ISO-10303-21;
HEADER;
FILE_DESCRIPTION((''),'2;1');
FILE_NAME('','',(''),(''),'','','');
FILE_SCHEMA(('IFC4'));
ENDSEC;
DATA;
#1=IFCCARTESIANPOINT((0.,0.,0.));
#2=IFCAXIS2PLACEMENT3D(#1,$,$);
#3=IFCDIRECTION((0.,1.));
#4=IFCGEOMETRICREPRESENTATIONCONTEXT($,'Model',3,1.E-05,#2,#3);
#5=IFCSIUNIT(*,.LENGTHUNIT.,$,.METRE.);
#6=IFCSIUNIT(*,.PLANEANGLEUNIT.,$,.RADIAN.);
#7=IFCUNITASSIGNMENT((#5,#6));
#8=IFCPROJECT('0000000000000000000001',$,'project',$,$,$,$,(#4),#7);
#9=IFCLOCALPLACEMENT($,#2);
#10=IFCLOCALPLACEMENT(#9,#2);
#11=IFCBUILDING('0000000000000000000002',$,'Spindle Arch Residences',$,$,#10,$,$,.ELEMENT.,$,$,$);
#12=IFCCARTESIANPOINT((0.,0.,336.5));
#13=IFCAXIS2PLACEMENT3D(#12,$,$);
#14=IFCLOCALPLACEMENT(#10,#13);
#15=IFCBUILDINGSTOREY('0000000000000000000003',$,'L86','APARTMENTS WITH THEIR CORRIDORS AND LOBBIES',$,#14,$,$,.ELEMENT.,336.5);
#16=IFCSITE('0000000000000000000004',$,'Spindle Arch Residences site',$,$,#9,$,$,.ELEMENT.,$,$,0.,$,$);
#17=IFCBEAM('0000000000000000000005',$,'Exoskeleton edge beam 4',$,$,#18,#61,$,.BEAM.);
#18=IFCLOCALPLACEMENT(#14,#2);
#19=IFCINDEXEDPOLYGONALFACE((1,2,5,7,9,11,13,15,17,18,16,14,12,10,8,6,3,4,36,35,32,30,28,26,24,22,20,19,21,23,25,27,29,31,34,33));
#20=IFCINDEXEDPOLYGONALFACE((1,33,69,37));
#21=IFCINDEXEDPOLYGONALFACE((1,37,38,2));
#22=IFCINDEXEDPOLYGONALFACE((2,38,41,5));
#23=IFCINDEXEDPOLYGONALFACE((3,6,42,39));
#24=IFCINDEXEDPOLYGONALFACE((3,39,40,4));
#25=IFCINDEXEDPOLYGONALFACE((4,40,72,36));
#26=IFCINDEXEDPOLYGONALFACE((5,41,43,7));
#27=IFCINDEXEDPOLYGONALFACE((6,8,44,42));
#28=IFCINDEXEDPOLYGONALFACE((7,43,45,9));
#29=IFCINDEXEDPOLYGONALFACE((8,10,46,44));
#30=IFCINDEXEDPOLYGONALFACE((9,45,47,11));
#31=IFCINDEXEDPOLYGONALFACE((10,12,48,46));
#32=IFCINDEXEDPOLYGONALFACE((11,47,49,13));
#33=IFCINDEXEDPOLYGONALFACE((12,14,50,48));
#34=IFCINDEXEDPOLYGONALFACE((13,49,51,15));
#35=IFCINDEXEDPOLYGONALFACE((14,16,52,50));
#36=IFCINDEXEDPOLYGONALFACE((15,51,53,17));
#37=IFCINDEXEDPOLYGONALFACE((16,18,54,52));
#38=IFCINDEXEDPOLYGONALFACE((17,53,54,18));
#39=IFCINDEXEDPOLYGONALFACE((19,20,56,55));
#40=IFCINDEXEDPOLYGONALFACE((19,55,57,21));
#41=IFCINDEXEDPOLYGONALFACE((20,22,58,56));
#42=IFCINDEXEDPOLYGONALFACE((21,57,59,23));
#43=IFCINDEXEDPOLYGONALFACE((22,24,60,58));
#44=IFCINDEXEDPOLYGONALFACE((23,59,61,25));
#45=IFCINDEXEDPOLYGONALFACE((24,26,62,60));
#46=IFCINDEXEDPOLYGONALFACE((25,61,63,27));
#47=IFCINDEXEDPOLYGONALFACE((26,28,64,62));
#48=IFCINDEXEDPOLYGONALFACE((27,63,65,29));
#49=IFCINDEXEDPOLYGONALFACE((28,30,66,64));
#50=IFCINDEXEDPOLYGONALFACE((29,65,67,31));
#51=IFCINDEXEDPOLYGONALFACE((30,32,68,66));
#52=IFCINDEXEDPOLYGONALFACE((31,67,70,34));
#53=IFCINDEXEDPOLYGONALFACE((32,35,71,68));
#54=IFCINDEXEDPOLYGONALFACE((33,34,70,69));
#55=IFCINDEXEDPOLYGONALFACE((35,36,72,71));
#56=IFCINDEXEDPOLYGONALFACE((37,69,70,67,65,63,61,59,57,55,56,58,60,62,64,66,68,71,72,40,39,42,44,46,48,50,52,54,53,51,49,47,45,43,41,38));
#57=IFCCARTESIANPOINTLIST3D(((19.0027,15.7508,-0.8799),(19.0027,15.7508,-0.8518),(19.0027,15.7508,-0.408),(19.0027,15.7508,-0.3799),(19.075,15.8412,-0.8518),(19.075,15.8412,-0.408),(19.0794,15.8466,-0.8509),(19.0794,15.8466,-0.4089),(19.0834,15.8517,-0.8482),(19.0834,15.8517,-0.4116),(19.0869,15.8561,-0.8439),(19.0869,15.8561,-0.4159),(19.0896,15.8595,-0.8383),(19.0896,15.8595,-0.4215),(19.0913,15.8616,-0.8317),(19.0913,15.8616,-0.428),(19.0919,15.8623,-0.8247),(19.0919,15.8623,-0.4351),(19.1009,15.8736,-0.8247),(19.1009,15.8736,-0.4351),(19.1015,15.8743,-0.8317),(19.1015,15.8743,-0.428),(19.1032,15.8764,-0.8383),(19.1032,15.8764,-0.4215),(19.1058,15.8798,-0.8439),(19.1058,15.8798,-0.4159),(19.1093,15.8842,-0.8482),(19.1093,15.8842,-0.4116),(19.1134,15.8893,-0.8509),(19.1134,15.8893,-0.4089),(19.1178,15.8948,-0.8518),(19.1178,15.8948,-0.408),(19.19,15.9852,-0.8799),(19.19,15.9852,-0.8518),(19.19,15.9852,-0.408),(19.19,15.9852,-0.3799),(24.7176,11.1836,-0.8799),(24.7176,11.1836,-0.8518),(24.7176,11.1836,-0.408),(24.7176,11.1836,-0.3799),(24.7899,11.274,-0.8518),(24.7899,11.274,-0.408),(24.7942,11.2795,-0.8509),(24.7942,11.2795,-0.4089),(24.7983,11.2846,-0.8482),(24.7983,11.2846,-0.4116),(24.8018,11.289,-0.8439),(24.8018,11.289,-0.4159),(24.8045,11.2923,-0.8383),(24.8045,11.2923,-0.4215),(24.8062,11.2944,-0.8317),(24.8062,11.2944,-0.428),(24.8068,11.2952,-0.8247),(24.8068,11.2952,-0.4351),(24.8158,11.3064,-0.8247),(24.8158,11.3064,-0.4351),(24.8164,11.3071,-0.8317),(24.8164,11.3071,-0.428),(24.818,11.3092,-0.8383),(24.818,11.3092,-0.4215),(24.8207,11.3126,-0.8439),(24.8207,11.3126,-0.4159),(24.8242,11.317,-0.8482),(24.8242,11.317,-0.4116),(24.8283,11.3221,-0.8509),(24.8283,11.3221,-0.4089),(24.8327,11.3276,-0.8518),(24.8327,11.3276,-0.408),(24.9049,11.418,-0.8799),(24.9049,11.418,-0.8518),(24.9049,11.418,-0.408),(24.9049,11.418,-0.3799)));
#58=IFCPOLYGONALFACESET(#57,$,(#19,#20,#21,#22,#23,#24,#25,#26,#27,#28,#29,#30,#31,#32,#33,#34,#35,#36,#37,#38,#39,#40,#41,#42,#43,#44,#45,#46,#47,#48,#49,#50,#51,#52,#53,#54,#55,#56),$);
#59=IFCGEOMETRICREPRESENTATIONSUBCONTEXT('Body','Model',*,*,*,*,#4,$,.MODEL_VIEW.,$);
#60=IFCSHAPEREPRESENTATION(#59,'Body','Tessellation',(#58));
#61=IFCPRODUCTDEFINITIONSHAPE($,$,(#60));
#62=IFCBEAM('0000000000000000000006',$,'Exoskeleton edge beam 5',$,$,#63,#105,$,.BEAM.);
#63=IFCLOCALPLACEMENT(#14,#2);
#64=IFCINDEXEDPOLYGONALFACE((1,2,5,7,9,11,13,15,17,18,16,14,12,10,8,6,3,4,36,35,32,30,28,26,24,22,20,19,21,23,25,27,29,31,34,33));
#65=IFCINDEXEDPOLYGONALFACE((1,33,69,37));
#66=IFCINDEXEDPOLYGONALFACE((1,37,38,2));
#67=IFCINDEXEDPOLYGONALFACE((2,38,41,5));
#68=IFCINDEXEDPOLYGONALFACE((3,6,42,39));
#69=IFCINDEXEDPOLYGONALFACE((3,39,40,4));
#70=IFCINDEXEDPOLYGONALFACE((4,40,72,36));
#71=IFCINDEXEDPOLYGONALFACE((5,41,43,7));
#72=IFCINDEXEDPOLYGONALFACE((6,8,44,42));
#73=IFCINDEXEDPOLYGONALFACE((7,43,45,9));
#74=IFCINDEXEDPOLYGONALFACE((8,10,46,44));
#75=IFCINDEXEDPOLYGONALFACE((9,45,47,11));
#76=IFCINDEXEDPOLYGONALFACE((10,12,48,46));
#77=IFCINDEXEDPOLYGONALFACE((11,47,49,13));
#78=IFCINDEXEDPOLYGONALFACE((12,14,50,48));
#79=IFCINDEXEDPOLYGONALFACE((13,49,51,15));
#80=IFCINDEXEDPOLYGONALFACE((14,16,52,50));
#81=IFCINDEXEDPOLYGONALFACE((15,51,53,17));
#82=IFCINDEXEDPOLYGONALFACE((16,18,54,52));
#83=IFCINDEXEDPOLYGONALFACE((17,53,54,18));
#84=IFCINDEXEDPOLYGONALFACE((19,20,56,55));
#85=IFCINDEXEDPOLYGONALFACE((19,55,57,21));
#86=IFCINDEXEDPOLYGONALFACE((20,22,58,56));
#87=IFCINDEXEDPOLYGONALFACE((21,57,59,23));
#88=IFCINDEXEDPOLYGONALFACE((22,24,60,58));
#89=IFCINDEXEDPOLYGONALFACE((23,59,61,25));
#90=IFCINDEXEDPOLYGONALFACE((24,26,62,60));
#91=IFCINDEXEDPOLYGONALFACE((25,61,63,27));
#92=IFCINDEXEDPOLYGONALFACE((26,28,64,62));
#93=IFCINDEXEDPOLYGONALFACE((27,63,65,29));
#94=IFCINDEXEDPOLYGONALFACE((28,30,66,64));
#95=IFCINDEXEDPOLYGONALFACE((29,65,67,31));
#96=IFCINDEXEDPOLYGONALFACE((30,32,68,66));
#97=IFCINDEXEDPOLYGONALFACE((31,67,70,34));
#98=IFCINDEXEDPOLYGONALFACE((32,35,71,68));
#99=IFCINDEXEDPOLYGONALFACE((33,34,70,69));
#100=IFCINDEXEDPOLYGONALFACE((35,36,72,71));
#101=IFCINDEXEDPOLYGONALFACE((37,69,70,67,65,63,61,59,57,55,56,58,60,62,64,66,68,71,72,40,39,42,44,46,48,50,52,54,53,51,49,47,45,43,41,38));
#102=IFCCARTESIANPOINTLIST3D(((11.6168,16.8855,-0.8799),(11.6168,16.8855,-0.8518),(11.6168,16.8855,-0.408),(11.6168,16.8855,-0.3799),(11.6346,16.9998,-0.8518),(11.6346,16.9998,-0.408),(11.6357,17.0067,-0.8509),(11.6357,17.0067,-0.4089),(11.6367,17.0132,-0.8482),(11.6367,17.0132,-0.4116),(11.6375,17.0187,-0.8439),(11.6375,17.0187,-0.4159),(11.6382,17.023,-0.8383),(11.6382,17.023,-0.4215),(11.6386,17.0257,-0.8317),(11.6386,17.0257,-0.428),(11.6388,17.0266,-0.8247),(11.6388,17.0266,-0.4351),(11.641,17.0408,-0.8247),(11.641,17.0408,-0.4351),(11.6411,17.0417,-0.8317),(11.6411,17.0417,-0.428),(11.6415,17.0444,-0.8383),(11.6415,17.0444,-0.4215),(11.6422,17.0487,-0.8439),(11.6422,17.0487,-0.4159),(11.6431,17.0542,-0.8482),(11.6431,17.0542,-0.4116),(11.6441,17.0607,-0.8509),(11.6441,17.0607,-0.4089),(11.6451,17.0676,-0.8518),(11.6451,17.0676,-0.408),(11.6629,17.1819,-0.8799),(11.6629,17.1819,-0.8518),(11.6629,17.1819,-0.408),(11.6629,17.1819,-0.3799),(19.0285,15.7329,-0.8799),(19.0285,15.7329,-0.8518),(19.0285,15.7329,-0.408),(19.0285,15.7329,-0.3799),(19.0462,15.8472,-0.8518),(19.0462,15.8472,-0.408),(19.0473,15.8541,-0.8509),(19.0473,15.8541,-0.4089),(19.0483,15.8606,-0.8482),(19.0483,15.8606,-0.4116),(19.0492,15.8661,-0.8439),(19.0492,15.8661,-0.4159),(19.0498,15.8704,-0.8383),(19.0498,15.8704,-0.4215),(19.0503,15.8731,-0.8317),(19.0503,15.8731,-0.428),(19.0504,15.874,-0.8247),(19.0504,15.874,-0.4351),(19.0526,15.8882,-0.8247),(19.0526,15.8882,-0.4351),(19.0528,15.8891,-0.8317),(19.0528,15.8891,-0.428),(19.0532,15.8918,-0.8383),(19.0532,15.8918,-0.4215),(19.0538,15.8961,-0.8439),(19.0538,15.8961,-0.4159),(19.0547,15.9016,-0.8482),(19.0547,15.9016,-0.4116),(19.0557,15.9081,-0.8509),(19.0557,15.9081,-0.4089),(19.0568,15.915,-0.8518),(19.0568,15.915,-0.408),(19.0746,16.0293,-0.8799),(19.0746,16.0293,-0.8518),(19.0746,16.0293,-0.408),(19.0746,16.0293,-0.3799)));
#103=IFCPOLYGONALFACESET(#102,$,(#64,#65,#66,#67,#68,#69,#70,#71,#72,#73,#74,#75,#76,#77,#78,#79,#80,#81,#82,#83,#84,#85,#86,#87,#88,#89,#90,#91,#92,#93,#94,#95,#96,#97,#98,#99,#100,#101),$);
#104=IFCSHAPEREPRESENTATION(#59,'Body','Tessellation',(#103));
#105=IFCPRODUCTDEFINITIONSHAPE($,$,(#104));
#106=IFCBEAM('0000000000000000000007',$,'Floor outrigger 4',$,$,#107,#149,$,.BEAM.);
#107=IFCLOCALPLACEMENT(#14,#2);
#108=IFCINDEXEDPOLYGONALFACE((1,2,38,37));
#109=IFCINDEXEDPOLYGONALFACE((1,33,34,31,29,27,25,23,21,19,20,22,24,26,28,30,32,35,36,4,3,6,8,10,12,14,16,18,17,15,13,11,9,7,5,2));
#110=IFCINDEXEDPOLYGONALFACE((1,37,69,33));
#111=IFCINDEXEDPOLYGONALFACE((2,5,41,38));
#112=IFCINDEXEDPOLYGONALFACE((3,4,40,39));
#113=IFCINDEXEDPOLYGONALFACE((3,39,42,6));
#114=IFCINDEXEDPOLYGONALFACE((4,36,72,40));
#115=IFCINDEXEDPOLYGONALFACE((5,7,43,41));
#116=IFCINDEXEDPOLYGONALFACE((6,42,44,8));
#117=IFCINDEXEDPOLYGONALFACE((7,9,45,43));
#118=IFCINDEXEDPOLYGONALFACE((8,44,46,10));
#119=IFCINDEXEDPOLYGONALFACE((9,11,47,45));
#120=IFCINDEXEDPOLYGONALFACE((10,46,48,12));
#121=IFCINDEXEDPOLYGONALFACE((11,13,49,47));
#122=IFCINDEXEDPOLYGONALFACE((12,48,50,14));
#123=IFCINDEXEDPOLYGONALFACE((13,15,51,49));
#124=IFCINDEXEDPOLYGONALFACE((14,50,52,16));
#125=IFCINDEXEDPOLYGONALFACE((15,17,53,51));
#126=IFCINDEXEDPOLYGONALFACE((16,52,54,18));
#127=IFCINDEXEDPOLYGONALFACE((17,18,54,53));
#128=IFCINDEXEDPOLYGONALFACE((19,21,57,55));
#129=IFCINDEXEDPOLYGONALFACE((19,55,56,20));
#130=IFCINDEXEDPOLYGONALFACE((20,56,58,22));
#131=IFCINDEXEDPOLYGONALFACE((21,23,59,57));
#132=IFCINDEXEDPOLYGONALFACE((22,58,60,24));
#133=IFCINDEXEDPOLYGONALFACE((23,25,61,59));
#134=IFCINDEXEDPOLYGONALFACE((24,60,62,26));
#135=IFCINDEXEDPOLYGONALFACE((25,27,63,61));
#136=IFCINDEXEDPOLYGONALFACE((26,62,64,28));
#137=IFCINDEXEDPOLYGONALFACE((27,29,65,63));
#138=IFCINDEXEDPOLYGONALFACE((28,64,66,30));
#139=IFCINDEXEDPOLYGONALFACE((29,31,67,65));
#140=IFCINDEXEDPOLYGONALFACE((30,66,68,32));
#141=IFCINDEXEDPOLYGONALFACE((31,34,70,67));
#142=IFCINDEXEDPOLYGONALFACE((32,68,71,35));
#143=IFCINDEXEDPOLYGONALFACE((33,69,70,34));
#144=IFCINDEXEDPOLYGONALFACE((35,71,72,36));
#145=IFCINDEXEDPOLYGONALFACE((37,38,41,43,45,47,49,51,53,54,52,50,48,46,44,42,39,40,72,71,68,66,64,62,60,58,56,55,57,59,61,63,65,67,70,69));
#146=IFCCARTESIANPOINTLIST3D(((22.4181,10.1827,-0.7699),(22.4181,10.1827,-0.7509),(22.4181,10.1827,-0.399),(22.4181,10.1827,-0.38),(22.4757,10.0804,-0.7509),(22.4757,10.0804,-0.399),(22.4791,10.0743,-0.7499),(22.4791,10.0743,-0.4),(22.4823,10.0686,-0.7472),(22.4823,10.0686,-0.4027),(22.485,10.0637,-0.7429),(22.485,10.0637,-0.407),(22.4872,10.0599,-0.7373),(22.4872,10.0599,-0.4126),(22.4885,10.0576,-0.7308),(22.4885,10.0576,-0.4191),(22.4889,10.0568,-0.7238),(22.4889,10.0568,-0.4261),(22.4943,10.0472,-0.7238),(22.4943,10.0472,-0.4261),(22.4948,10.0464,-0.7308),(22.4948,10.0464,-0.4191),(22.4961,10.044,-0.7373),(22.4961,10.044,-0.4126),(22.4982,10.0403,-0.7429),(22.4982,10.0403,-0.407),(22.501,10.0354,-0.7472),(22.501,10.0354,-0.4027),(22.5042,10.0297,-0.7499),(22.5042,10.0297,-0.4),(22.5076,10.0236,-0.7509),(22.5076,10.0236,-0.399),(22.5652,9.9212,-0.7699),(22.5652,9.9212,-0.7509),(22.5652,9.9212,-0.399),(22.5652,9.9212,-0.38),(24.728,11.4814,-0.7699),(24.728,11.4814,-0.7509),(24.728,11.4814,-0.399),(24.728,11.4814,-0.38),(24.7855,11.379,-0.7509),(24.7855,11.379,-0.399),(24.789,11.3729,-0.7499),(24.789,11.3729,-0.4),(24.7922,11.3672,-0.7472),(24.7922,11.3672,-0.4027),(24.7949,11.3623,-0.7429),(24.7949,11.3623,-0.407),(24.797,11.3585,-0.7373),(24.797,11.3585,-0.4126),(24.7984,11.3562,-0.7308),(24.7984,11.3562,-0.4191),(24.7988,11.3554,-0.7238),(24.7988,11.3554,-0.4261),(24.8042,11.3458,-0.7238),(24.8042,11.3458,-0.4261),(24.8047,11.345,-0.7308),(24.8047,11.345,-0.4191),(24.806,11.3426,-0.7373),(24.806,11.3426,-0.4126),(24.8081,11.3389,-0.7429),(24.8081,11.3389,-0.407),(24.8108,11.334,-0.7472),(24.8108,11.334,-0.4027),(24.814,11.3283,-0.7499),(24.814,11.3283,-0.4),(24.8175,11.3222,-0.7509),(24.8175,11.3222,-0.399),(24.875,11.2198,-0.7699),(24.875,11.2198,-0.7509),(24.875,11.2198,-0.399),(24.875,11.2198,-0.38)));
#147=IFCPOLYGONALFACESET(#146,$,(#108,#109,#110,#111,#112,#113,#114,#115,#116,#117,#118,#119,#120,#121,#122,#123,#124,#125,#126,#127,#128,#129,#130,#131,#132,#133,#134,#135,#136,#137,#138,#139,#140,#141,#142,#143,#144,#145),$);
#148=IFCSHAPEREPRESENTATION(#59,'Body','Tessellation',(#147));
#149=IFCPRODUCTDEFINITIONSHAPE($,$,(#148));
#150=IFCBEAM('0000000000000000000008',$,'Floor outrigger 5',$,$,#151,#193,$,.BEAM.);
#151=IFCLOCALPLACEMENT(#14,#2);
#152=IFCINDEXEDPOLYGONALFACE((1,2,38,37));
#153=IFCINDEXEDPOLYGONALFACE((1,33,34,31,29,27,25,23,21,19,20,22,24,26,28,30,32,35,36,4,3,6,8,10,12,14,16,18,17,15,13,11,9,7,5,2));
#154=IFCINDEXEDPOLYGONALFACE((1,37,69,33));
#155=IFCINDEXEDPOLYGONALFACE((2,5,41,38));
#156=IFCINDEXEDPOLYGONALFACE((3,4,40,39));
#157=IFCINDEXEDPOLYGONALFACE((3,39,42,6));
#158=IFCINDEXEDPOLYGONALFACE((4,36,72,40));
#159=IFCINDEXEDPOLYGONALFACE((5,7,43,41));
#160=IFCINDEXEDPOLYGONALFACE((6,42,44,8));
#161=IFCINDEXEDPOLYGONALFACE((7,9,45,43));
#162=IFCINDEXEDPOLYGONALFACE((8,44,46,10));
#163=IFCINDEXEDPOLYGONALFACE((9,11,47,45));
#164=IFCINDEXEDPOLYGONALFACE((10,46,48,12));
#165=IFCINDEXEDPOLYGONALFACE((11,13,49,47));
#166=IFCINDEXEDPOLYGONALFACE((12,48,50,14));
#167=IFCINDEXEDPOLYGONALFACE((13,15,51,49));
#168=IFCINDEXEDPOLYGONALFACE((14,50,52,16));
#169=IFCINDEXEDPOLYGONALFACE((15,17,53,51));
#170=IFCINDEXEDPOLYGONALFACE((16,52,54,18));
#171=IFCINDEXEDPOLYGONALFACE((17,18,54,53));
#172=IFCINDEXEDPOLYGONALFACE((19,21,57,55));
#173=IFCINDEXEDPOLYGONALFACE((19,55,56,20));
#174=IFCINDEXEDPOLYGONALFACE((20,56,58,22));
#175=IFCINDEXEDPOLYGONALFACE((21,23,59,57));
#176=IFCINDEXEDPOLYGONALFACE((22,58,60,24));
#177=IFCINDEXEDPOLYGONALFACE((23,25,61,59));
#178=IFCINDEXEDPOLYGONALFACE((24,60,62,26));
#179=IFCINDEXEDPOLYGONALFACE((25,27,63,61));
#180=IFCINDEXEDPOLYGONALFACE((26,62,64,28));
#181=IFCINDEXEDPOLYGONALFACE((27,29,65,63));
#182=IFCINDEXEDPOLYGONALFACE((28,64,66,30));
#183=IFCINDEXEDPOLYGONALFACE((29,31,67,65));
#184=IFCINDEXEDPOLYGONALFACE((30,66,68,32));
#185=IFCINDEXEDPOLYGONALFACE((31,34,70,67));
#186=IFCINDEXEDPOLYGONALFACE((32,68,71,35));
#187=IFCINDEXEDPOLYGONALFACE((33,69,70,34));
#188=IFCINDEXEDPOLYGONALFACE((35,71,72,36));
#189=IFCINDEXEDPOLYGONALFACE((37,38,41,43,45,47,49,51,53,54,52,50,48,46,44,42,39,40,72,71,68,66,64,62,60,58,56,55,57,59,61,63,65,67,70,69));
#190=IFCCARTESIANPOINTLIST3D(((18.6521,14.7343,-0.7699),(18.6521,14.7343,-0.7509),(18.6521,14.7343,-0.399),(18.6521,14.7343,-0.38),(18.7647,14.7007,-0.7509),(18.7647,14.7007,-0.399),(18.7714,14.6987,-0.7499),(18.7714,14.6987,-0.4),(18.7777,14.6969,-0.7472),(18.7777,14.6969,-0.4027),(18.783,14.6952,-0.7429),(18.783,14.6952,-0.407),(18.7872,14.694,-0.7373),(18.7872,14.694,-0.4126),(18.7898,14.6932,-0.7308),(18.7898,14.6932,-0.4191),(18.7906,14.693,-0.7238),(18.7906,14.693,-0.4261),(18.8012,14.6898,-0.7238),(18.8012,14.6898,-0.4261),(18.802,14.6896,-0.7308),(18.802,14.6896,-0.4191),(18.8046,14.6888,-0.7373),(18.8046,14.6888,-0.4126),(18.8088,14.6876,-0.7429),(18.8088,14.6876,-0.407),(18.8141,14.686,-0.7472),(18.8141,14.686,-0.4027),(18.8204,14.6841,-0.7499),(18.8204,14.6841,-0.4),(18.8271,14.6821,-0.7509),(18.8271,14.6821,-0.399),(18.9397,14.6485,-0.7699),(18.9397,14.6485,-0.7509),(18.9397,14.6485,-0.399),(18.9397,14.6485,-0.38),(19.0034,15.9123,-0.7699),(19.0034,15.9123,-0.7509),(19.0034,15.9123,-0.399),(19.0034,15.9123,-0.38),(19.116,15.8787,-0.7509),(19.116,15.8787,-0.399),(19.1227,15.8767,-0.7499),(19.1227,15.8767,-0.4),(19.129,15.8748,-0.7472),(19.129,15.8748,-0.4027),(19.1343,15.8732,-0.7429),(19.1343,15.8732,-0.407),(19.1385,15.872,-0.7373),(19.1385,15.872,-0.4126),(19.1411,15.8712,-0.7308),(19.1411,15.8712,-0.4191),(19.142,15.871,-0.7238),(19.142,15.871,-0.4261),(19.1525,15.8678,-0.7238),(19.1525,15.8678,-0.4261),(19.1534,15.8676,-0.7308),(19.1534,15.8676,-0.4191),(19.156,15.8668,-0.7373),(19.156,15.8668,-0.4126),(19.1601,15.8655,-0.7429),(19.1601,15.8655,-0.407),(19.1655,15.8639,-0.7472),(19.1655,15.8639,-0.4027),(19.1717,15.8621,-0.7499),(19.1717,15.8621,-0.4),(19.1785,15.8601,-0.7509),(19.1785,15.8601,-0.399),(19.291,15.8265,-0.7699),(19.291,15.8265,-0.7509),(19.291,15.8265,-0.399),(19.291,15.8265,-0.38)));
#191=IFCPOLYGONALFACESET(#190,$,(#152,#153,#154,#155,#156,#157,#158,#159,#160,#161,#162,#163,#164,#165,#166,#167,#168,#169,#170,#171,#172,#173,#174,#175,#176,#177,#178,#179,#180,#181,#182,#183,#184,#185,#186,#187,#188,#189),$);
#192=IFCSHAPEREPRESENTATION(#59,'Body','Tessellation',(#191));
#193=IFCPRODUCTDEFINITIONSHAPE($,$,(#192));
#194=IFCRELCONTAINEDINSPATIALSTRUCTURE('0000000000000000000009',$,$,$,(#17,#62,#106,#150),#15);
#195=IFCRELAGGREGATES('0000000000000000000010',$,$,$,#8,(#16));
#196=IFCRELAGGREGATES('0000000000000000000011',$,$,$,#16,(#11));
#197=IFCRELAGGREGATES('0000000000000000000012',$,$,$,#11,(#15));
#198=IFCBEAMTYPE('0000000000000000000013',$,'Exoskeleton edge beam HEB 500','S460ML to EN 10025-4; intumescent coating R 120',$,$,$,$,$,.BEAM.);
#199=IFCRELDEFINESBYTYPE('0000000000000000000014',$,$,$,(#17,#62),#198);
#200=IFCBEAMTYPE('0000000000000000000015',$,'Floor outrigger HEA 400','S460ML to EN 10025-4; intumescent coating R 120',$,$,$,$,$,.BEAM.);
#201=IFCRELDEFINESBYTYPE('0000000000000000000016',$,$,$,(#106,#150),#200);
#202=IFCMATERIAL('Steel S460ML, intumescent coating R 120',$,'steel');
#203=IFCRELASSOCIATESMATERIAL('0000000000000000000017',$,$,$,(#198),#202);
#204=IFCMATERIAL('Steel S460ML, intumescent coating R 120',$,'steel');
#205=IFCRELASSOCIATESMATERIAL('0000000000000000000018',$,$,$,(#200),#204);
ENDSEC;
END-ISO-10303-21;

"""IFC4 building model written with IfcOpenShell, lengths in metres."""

from ifc_helpers import new_model, si_unit, direction, frame, origin, origin_2d, place, context, subcontext, project, spatial, i_section, extrude, material, material_profile, profile_set, type_object, element, save


model = new_model("IFC4")

# Units and contexts
model_context = context("Model", 3, precision=1e-05, world=origin(), true_north=direction((0.0, 1.0)))
body_context = subcontext(model_context, "Body", "Model", "MODEL_VIEW")
ifc_project = project(units=[si_unit("LENGTHUNIT", "METRE"), si_unit("PLANEANGLEUNIT", "RADIAN")], contexts=[model_context])

# Site, building, storey
site_placement = place(None, origin())
site = spatial("IfcSite", under=ifc_project, at=site_placement, Name="Spindle Arch Residences site", CompositionType="ELEMENT", RefElevation=0.0)
building_placement = place(site_placement, origin())
building = spatial("IfcBuilding", under=site, at=building_placement, Name="Spindle Arch Residences", CompositionType="ELEMENT")
storey_placement = place(building_placement, frame((0.0, 0.0, 336.5)))
storey = spatial("IfcBuildingStorey", under=building, at=storey_placement, Name="L86", Description="APARTMENTS WITH THEIR CORRIDORS AND LOBBIES", CompositionType="ELEMENT", Elevation=336.5)

# Beams
ifc_material_1 = material(Name="Steel S460ML, intumescent coating R 120", Category="steel")
ifc_material_profile_1 = material_profile(ifc_material_1, i_section(OverallWidth=0.3, OverallDepth=0.5, WebThickness=0.0144, FlangeThickness=0.0281, FilletRadius=0.0271, at=origin_2d()), Name="HEB 500")
ifc_profile_set_1 = profile_set([ifc_material_profile_1], Name="Steel S460ML, intumescent coating R 120")
beam_type_1 = type_object("IfcBeamType", Name="Exoskeleton edge beam HEB 500", Description="S460ML to EN 10025-4; intumescent coating R 120", PredefinedType="BEAM", material=ifc_profile_set_1)
beam_1_placement = place(storey_placement, frame((24.8113, 11.3008, -0.6299), z_axis=(-0.781185, 0.6243, 0.0), x_axis=(-0.6243, -0.781185, 0.0)))
element("IfcBeam", 1, at=beam_1_placement, inside=storey, type_object=beam_type_1, Name="Exoskeleton edge beam 4", PredefinedType="BEAM", context=body_context, shape_type="SweptSolid", body=[
    extrude(i_section(OverallWidth=0.3, OverallDepth=0.5, WebThickness=0.0144, FlangeThickness=0.0281, FilletRadius=0.0271, at=origin_2d()), origin(), (0.0, 0.0, 1.0), 7.3157),
])
beam_2_placement = place(storey_placement, frame((19.0515, 15.8811, -0.6299), z_axis=(-0.988123, 0.153664, 0.0), x_axis=(-0.153664, -0.988123, 0.0)))
element("IfcBeam", 2, at=beam_2_placement, inside=storey, type_object=beam_type_1, Name="Exoskeleton edge beam 5", PredefinedType="BEAM", context=body_context, shape_type="SweptSolid", body=[
    extrude(i_section(OverallWidth=0.3, OverallDepth=0.5, WebThickness=0.0144, FlangeThickness=0.0281, FilletRadius=0.0271, at=origin_2d()), origin(), (0.0, 0.0, 1.0), 7.5007),
])
ifc_material_2 = material(Name="Steel S460ML, intumescent coating R 120", Category="steel")
ifc_material_profile_2 = material_profile(ifc_material_2, i_section(OverallWidth=0.3, OverallDepth=0.3899, WebThickness=0.011, FlangeThickness=0.019, FilletRadius=0.0271, at=origin_2d()), Name="HEA 400")
ifc_profile_set_2 = profile_set([ifc_material_profile_2], Name="Steel S460ML, intumescent coating R 120")
beam_type_2 = type_object("IfcBeamType", Name="Floor outrigger HEA 400", Description="S460ML to EN 10025-4; intumescent coating R 120", PredefinedType="BEAM", material=ifc_profile_set_2)
beam_3_placement = place(storey_placement, frame((24.8015, 11.3506, -0.575), z_axis=(-0.871686, -0.490064, 0.0), x_axis=(0.490064, -0.871686, 0.0)))
element("IfcBeam", 3, at=beam_3_placement, inside=storey, type_object=beam_type_2, Name="Floor outrigger 4", PredefinedType="BEAM", context=body_context, shape_type="SweptSolid", body=[
    extrude(i_section(OverallWidth=0.3, OverallDepth=0.3899, WebThickness=0.011, FlangeThickness=0.019, FilletRadius=0.0271, at=origin_2d()), origin(), (0.0, 0.0, 1.0), 2.6499),
])
beam_4_placement = place(storey_placement, frame((19.1472, 15.8694, -0.575), z_axis=(-0.285799, -0.95829, 0.0), x_axis=(0.95829, -0.285799, 0.0)))
element("IfcBeam", 4, at=beam_4_placement, inside=storey, type_object=beam_type_2, Name="Floor outrigger 5", PredefinedType="BEAM", context=body_context, shape_type="SweptSolid", body=[
    extrude(i_section(OverallWidth=0.3, OverallDepth=0.3899, WebThickness=0.011, FlangeThickness=0.019, FilletRadius=0.0271, at=origin_2d()), origin(), (0.0, 0.0, 1.0), 1.2292),
])

save(model, "model.ifc")
